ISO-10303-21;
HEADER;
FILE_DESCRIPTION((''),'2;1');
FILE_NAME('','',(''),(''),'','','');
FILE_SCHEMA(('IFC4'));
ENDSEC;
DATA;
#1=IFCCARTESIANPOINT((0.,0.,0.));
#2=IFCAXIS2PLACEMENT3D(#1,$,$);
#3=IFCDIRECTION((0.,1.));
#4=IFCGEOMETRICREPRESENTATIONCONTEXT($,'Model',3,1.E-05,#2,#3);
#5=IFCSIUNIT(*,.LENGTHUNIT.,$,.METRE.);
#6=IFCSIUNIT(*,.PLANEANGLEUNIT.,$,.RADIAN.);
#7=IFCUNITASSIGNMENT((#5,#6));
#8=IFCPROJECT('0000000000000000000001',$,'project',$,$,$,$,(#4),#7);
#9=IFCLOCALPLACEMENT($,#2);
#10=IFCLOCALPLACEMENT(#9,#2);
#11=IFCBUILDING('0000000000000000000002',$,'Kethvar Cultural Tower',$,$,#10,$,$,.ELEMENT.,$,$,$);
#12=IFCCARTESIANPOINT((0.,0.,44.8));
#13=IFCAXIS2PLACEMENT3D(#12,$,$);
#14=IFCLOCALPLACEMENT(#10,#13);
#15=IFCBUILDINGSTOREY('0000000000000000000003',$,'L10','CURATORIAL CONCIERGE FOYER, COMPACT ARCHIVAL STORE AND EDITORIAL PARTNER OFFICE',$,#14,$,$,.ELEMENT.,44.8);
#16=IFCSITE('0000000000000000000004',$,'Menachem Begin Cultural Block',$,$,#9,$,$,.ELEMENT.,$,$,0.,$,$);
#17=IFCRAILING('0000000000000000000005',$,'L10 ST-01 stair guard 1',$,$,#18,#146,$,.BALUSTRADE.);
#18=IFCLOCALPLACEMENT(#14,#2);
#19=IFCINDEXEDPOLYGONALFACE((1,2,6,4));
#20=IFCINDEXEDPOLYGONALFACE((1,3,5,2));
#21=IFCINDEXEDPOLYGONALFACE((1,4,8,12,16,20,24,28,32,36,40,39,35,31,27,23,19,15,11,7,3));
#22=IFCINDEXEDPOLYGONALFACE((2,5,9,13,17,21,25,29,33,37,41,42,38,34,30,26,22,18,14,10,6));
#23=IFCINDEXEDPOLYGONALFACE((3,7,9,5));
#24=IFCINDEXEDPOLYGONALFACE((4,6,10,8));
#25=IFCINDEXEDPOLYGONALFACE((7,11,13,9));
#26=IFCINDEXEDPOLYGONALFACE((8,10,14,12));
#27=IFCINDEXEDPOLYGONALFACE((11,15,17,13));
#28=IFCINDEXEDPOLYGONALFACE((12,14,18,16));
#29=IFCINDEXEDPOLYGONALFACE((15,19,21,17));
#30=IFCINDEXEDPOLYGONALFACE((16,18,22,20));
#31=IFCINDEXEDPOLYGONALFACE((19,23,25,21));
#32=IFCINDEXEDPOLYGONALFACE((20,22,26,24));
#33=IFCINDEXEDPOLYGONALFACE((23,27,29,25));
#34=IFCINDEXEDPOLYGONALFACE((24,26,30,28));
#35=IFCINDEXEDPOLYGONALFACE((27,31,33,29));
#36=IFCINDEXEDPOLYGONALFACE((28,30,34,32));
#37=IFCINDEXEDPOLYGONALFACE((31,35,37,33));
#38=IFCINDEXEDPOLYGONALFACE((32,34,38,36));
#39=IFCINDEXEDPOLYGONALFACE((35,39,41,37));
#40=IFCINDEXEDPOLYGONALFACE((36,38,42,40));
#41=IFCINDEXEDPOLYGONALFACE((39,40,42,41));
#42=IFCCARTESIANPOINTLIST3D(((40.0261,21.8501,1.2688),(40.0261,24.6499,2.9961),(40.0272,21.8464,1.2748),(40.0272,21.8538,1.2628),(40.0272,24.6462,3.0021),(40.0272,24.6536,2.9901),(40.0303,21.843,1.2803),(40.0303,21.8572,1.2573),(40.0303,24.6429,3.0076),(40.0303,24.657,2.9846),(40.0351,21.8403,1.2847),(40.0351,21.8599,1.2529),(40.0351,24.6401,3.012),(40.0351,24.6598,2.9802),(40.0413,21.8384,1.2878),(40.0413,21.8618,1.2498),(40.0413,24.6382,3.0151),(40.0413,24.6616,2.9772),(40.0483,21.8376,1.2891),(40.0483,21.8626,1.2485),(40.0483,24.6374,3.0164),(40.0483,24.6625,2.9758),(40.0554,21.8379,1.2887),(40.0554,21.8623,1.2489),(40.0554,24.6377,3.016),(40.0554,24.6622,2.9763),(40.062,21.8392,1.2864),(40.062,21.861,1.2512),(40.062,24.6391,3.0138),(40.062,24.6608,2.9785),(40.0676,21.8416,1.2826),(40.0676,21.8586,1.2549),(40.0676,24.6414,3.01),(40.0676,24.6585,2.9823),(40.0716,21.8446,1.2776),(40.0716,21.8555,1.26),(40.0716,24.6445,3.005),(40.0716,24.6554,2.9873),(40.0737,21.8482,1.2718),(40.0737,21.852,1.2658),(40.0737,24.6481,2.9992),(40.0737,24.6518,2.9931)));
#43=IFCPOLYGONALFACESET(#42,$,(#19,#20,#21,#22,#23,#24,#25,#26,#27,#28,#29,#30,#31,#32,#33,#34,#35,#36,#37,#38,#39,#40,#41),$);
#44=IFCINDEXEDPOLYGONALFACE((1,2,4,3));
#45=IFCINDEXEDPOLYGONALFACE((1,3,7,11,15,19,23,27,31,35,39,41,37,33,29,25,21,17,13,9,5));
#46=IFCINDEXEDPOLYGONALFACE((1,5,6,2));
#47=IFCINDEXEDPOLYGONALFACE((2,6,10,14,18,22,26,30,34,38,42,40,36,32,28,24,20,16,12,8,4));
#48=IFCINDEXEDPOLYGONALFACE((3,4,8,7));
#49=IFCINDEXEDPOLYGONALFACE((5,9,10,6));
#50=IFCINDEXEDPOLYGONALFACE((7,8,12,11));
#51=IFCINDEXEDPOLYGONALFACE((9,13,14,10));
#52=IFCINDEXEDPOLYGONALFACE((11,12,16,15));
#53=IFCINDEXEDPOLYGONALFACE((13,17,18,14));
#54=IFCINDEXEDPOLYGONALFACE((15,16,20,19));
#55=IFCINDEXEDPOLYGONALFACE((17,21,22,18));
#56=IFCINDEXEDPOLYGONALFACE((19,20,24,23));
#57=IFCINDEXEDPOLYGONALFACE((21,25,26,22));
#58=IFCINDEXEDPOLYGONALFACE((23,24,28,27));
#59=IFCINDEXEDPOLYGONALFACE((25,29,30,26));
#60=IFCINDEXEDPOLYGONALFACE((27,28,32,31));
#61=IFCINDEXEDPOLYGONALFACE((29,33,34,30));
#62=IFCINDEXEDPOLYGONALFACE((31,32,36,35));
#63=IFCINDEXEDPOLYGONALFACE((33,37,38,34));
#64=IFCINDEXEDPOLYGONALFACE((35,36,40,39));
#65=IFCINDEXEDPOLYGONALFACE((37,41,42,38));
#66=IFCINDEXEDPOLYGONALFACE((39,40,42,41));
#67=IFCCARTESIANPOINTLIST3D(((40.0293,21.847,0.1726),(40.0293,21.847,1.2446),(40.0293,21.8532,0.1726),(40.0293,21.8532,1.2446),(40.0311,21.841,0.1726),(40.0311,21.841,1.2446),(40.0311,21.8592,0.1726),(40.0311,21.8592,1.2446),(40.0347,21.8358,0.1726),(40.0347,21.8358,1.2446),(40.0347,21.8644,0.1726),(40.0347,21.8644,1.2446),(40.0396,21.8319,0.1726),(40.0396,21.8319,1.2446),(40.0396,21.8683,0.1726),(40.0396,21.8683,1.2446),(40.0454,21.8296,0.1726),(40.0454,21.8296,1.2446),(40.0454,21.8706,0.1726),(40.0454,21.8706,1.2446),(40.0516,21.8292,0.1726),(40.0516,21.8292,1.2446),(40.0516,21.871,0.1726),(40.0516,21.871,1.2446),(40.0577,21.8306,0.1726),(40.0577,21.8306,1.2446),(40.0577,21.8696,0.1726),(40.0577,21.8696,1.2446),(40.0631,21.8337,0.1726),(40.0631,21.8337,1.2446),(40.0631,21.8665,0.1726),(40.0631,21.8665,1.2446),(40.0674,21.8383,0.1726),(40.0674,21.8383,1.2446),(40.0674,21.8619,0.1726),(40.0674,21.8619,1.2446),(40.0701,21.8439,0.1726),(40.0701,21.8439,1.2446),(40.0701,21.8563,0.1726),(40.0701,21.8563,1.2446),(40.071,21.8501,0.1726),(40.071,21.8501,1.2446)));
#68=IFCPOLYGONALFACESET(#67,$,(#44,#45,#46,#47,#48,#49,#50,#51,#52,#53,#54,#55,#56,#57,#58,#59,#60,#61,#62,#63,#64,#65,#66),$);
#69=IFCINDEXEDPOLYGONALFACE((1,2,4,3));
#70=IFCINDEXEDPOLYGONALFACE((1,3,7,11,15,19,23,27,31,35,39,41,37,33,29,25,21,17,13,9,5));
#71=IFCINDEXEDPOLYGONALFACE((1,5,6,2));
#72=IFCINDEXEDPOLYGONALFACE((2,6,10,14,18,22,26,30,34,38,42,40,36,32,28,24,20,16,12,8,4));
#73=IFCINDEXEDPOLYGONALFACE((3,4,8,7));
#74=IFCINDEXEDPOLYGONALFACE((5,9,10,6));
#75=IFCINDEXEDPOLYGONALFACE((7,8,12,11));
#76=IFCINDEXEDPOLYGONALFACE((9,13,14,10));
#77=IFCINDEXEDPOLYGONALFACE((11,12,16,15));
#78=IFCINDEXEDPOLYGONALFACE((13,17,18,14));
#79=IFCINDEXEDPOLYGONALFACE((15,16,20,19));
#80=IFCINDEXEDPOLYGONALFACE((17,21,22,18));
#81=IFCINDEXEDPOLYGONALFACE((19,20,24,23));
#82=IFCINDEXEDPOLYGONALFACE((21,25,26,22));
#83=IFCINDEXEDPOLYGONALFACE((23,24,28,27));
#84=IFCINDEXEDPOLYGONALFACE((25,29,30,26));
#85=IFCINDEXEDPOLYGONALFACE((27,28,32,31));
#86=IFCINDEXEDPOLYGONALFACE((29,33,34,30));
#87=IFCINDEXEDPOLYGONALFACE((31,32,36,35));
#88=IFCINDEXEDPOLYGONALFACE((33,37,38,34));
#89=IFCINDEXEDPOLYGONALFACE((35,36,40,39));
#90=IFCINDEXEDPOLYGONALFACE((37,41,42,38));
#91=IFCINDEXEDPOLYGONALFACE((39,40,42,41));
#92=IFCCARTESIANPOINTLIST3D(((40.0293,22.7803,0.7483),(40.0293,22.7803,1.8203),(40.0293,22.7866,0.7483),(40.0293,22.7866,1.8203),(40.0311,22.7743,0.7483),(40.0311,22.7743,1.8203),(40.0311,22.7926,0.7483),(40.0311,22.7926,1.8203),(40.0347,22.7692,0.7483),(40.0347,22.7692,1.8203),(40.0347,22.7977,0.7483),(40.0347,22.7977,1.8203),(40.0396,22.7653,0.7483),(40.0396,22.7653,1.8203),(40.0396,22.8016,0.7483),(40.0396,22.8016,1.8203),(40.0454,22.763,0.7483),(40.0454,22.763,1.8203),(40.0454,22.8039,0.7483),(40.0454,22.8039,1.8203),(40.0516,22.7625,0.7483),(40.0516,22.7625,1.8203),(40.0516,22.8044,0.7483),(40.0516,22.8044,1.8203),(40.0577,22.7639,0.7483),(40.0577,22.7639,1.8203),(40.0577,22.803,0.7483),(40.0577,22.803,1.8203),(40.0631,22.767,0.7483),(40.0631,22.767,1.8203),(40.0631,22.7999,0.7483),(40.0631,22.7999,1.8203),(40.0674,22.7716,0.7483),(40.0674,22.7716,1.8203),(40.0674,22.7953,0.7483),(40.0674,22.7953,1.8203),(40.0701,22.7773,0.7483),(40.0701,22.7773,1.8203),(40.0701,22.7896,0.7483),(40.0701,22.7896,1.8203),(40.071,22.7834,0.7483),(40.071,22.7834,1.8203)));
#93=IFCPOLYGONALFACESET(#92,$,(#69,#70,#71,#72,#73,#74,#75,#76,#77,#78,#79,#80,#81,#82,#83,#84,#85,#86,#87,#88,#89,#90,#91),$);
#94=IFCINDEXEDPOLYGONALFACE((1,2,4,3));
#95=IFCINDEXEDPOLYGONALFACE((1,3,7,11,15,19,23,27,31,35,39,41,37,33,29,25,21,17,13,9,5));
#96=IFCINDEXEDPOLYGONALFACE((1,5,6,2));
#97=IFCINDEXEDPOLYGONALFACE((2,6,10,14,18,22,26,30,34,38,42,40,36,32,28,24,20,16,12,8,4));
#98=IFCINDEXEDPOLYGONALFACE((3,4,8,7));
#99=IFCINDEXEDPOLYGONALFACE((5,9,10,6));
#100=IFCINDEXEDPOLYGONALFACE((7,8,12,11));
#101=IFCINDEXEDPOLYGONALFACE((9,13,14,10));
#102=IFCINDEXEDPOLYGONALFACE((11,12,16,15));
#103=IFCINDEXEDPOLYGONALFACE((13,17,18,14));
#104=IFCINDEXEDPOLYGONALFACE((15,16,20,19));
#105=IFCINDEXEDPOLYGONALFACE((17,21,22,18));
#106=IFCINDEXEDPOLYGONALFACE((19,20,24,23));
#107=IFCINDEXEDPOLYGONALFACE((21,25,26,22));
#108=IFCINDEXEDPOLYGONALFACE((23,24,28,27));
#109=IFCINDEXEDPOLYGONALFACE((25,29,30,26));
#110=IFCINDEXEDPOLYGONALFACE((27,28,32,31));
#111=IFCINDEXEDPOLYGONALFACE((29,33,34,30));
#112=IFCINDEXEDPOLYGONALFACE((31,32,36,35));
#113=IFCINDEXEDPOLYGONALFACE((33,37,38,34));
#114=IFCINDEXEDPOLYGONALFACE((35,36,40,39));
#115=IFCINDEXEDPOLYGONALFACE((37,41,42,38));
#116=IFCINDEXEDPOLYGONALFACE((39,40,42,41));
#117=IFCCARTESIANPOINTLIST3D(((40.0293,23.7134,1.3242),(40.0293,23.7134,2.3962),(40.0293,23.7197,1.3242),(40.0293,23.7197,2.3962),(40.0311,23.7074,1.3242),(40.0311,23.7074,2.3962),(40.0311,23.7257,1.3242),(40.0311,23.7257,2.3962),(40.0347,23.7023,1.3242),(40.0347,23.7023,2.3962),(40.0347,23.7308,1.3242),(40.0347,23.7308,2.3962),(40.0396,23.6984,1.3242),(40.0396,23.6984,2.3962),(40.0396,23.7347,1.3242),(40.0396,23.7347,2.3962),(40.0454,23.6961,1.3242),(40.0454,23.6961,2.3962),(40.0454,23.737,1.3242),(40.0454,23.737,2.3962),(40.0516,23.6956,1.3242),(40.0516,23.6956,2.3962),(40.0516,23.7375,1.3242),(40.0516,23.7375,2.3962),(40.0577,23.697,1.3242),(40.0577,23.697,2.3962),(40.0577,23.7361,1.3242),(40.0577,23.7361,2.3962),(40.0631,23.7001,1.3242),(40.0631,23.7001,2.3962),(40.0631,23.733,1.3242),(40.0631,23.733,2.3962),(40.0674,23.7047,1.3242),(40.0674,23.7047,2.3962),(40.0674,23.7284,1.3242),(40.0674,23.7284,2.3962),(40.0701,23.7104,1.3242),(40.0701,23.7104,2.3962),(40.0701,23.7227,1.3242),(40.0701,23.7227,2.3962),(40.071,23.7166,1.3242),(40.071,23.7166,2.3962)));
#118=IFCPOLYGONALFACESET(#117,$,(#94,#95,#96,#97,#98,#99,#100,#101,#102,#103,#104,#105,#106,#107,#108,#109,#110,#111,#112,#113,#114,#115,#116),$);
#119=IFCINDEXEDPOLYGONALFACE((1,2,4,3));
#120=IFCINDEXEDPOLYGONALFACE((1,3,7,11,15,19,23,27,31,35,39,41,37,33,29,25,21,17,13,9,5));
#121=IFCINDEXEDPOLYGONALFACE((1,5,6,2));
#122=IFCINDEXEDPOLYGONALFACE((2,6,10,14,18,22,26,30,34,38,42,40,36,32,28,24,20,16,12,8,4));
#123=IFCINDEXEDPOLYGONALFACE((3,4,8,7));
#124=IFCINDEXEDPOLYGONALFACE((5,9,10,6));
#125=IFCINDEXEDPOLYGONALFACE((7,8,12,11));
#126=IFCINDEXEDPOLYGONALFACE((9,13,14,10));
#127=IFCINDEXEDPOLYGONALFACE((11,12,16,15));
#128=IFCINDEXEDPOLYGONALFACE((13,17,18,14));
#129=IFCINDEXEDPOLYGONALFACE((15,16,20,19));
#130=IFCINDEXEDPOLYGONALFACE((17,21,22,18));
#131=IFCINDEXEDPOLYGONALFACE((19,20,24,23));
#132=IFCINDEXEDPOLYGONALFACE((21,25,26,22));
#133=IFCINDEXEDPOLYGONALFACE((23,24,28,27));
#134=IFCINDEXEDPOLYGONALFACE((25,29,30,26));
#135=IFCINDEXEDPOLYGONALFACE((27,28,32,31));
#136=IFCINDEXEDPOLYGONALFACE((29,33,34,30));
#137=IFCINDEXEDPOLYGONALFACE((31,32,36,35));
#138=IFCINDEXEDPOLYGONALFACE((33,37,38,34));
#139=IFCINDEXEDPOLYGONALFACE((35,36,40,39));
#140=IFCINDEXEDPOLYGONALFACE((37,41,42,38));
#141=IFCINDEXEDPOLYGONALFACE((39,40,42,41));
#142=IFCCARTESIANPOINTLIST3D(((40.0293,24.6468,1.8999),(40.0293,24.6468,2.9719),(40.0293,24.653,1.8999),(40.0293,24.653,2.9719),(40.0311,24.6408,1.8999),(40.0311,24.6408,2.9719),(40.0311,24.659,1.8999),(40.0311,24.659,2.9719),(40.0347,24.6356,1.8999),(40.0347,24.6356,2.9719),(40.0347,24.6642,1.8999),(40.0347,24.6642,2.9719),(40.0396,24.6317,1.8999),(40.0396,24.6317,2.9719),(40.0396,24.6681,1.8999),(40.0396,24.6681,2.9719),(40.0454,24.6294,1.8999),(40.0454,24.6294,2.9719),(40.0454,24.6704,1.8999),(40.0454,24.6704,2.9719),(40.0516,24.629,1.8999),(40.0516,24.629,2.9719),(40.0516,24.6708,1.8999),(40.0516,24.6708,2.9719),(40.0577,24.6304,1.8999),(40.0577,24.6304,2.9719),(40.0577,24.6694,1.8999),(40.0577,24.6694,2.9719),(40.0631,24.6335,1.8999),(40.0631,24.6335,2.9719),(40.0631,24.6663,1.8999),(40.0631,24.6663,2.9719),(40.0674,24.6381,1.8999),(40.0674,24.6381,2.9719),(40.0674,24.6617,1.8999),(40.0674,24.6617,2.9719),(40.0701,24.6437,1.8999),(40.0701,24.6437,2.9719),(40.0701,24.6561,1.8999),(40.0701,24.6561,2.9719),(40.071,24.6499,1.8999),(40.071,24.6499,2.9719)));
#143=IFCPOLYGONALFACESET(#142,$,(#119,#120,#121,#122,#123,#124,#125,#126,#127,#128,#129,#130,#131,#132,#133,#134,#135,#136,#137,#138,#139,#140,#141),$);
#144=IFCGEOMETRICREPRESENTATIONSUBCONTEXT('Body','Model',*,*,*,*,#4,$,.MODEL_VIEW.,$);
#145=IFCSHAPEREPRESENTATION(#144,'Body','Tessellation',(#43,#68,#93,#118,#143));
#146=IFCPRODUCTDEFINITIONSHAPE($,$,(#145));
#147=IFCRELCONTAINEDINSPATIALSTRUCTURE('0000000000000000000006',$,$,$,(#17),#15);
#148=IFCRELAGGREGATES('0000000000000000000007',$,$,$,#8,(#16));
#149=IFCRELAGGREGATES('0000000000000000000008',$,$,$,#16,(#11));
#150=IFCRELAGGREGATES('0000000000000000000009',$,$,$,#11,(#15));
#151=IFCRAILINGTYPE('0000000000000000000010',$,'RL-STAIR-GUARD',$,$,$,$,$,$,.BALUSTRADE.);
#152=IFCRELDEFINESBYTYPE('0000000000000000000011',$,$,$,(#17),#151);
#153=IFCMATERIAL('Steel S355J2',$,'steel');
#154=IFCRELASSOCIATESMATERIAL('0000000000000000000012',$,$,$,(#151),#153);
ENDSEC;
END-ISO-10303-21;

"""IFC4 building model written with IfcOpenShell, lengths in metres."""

from ifc_helpers import new_model, si_unit, direction, frame, origin, origin_2d, place, context, subcontext, project, spatial, circle, extrude, material, type_object, element, save


model = new_model("IFC4")

# Units and contexts
model_context = context("Model", 3, precision=1e-05, world=origin(), true_north=direction((0.0, 1.0)))
body_context = subcontext(model_context, "Body", "Model", "MODEL_VIEW")
ifc_project = project(units=[si_unit("LENGTHUNIT", "METRE"), si_unit("PLANEANGLEUNIT", "RADIAN")], contexts=[model_context])

# Site, building, storey
site_placement = place(None, origin())
site = spatial("IfcSite", under=ifc_project, at=site_placement, Name="Menachem Begin Cultural Block", CompositionType="ELEMENT", RefElevation=0.0)
building_placement = place(site_placement, origin())
building = spatial("IfcBuilding", under=site, at=building_placement, Name="Kethvar Cultural Tower", CompositionType="ELEMENT")
storey_placement = place(building_placement, frame((0.0, 0.0, 44.8)))
storey = spatial("IfcBuildingStorey", under=building, at=storey_placement, Name="L10", Description="CURATORIAL CONCIERGE FOYER, COMPACT ARCHIVAL STORE AND EDITORIAL PARTNER OFFICE", CompositionType="ELEMENT", Elevation=44.8)

# Shared definitions
ifc_material_1 = material(Name="Steel S355J2", Category="steel")

# Railing
railing_type_1 = type_object("IfcRailingType", Name="RL-STAIR-GUARD", PredefinedType="BALUSTRADE", material=ifc_material_1)
railing_1_placement = place(storey_placement, frame((40.05, 21.8501, 0.1726)))
element("IfcRailing", 1, at=railing_1_placement, inside=storey, type_object=railing_type_1, Name="L10 ST-01 stair guard 1", PredefinedType="BALUSTRADE", context=body_context, shape_type="SweptSolid", body=[
    extrude(circle(Radius=0.0239, at=origin_2d()), frame((0.0, 0.0, 1.0962), z_axis=(0.0, 0.851069, 0.525054), x_axis=(-1.0, 0.0, 0.0)), (0.0, 0.0, 1.0), 3.2898),
    extrude(circle(Radius=0.021, at=origin_2d()), origin(), (0.0, 0.0, 1.0), 1.072),
    extrude(circle(Radius=0.021, at=origin_2d()), frame((0.0, 0.9333, 0.5757)), (0.0, 0.0, 1.0), 1.072),
    extrude(circle(Radius=0.021, at=origin_2d()), frame((0.0, 1.8665, 1.1516)), (0.0, 0.0, 1.0), 1.072),
    extrude(circle(Radius=0.021, at=origin_2d()), frame((0.0, 2.7998, 1.7273)), (0.0, 0.0, 1.0), 1.072),
])

save(model, "model.ifc")
